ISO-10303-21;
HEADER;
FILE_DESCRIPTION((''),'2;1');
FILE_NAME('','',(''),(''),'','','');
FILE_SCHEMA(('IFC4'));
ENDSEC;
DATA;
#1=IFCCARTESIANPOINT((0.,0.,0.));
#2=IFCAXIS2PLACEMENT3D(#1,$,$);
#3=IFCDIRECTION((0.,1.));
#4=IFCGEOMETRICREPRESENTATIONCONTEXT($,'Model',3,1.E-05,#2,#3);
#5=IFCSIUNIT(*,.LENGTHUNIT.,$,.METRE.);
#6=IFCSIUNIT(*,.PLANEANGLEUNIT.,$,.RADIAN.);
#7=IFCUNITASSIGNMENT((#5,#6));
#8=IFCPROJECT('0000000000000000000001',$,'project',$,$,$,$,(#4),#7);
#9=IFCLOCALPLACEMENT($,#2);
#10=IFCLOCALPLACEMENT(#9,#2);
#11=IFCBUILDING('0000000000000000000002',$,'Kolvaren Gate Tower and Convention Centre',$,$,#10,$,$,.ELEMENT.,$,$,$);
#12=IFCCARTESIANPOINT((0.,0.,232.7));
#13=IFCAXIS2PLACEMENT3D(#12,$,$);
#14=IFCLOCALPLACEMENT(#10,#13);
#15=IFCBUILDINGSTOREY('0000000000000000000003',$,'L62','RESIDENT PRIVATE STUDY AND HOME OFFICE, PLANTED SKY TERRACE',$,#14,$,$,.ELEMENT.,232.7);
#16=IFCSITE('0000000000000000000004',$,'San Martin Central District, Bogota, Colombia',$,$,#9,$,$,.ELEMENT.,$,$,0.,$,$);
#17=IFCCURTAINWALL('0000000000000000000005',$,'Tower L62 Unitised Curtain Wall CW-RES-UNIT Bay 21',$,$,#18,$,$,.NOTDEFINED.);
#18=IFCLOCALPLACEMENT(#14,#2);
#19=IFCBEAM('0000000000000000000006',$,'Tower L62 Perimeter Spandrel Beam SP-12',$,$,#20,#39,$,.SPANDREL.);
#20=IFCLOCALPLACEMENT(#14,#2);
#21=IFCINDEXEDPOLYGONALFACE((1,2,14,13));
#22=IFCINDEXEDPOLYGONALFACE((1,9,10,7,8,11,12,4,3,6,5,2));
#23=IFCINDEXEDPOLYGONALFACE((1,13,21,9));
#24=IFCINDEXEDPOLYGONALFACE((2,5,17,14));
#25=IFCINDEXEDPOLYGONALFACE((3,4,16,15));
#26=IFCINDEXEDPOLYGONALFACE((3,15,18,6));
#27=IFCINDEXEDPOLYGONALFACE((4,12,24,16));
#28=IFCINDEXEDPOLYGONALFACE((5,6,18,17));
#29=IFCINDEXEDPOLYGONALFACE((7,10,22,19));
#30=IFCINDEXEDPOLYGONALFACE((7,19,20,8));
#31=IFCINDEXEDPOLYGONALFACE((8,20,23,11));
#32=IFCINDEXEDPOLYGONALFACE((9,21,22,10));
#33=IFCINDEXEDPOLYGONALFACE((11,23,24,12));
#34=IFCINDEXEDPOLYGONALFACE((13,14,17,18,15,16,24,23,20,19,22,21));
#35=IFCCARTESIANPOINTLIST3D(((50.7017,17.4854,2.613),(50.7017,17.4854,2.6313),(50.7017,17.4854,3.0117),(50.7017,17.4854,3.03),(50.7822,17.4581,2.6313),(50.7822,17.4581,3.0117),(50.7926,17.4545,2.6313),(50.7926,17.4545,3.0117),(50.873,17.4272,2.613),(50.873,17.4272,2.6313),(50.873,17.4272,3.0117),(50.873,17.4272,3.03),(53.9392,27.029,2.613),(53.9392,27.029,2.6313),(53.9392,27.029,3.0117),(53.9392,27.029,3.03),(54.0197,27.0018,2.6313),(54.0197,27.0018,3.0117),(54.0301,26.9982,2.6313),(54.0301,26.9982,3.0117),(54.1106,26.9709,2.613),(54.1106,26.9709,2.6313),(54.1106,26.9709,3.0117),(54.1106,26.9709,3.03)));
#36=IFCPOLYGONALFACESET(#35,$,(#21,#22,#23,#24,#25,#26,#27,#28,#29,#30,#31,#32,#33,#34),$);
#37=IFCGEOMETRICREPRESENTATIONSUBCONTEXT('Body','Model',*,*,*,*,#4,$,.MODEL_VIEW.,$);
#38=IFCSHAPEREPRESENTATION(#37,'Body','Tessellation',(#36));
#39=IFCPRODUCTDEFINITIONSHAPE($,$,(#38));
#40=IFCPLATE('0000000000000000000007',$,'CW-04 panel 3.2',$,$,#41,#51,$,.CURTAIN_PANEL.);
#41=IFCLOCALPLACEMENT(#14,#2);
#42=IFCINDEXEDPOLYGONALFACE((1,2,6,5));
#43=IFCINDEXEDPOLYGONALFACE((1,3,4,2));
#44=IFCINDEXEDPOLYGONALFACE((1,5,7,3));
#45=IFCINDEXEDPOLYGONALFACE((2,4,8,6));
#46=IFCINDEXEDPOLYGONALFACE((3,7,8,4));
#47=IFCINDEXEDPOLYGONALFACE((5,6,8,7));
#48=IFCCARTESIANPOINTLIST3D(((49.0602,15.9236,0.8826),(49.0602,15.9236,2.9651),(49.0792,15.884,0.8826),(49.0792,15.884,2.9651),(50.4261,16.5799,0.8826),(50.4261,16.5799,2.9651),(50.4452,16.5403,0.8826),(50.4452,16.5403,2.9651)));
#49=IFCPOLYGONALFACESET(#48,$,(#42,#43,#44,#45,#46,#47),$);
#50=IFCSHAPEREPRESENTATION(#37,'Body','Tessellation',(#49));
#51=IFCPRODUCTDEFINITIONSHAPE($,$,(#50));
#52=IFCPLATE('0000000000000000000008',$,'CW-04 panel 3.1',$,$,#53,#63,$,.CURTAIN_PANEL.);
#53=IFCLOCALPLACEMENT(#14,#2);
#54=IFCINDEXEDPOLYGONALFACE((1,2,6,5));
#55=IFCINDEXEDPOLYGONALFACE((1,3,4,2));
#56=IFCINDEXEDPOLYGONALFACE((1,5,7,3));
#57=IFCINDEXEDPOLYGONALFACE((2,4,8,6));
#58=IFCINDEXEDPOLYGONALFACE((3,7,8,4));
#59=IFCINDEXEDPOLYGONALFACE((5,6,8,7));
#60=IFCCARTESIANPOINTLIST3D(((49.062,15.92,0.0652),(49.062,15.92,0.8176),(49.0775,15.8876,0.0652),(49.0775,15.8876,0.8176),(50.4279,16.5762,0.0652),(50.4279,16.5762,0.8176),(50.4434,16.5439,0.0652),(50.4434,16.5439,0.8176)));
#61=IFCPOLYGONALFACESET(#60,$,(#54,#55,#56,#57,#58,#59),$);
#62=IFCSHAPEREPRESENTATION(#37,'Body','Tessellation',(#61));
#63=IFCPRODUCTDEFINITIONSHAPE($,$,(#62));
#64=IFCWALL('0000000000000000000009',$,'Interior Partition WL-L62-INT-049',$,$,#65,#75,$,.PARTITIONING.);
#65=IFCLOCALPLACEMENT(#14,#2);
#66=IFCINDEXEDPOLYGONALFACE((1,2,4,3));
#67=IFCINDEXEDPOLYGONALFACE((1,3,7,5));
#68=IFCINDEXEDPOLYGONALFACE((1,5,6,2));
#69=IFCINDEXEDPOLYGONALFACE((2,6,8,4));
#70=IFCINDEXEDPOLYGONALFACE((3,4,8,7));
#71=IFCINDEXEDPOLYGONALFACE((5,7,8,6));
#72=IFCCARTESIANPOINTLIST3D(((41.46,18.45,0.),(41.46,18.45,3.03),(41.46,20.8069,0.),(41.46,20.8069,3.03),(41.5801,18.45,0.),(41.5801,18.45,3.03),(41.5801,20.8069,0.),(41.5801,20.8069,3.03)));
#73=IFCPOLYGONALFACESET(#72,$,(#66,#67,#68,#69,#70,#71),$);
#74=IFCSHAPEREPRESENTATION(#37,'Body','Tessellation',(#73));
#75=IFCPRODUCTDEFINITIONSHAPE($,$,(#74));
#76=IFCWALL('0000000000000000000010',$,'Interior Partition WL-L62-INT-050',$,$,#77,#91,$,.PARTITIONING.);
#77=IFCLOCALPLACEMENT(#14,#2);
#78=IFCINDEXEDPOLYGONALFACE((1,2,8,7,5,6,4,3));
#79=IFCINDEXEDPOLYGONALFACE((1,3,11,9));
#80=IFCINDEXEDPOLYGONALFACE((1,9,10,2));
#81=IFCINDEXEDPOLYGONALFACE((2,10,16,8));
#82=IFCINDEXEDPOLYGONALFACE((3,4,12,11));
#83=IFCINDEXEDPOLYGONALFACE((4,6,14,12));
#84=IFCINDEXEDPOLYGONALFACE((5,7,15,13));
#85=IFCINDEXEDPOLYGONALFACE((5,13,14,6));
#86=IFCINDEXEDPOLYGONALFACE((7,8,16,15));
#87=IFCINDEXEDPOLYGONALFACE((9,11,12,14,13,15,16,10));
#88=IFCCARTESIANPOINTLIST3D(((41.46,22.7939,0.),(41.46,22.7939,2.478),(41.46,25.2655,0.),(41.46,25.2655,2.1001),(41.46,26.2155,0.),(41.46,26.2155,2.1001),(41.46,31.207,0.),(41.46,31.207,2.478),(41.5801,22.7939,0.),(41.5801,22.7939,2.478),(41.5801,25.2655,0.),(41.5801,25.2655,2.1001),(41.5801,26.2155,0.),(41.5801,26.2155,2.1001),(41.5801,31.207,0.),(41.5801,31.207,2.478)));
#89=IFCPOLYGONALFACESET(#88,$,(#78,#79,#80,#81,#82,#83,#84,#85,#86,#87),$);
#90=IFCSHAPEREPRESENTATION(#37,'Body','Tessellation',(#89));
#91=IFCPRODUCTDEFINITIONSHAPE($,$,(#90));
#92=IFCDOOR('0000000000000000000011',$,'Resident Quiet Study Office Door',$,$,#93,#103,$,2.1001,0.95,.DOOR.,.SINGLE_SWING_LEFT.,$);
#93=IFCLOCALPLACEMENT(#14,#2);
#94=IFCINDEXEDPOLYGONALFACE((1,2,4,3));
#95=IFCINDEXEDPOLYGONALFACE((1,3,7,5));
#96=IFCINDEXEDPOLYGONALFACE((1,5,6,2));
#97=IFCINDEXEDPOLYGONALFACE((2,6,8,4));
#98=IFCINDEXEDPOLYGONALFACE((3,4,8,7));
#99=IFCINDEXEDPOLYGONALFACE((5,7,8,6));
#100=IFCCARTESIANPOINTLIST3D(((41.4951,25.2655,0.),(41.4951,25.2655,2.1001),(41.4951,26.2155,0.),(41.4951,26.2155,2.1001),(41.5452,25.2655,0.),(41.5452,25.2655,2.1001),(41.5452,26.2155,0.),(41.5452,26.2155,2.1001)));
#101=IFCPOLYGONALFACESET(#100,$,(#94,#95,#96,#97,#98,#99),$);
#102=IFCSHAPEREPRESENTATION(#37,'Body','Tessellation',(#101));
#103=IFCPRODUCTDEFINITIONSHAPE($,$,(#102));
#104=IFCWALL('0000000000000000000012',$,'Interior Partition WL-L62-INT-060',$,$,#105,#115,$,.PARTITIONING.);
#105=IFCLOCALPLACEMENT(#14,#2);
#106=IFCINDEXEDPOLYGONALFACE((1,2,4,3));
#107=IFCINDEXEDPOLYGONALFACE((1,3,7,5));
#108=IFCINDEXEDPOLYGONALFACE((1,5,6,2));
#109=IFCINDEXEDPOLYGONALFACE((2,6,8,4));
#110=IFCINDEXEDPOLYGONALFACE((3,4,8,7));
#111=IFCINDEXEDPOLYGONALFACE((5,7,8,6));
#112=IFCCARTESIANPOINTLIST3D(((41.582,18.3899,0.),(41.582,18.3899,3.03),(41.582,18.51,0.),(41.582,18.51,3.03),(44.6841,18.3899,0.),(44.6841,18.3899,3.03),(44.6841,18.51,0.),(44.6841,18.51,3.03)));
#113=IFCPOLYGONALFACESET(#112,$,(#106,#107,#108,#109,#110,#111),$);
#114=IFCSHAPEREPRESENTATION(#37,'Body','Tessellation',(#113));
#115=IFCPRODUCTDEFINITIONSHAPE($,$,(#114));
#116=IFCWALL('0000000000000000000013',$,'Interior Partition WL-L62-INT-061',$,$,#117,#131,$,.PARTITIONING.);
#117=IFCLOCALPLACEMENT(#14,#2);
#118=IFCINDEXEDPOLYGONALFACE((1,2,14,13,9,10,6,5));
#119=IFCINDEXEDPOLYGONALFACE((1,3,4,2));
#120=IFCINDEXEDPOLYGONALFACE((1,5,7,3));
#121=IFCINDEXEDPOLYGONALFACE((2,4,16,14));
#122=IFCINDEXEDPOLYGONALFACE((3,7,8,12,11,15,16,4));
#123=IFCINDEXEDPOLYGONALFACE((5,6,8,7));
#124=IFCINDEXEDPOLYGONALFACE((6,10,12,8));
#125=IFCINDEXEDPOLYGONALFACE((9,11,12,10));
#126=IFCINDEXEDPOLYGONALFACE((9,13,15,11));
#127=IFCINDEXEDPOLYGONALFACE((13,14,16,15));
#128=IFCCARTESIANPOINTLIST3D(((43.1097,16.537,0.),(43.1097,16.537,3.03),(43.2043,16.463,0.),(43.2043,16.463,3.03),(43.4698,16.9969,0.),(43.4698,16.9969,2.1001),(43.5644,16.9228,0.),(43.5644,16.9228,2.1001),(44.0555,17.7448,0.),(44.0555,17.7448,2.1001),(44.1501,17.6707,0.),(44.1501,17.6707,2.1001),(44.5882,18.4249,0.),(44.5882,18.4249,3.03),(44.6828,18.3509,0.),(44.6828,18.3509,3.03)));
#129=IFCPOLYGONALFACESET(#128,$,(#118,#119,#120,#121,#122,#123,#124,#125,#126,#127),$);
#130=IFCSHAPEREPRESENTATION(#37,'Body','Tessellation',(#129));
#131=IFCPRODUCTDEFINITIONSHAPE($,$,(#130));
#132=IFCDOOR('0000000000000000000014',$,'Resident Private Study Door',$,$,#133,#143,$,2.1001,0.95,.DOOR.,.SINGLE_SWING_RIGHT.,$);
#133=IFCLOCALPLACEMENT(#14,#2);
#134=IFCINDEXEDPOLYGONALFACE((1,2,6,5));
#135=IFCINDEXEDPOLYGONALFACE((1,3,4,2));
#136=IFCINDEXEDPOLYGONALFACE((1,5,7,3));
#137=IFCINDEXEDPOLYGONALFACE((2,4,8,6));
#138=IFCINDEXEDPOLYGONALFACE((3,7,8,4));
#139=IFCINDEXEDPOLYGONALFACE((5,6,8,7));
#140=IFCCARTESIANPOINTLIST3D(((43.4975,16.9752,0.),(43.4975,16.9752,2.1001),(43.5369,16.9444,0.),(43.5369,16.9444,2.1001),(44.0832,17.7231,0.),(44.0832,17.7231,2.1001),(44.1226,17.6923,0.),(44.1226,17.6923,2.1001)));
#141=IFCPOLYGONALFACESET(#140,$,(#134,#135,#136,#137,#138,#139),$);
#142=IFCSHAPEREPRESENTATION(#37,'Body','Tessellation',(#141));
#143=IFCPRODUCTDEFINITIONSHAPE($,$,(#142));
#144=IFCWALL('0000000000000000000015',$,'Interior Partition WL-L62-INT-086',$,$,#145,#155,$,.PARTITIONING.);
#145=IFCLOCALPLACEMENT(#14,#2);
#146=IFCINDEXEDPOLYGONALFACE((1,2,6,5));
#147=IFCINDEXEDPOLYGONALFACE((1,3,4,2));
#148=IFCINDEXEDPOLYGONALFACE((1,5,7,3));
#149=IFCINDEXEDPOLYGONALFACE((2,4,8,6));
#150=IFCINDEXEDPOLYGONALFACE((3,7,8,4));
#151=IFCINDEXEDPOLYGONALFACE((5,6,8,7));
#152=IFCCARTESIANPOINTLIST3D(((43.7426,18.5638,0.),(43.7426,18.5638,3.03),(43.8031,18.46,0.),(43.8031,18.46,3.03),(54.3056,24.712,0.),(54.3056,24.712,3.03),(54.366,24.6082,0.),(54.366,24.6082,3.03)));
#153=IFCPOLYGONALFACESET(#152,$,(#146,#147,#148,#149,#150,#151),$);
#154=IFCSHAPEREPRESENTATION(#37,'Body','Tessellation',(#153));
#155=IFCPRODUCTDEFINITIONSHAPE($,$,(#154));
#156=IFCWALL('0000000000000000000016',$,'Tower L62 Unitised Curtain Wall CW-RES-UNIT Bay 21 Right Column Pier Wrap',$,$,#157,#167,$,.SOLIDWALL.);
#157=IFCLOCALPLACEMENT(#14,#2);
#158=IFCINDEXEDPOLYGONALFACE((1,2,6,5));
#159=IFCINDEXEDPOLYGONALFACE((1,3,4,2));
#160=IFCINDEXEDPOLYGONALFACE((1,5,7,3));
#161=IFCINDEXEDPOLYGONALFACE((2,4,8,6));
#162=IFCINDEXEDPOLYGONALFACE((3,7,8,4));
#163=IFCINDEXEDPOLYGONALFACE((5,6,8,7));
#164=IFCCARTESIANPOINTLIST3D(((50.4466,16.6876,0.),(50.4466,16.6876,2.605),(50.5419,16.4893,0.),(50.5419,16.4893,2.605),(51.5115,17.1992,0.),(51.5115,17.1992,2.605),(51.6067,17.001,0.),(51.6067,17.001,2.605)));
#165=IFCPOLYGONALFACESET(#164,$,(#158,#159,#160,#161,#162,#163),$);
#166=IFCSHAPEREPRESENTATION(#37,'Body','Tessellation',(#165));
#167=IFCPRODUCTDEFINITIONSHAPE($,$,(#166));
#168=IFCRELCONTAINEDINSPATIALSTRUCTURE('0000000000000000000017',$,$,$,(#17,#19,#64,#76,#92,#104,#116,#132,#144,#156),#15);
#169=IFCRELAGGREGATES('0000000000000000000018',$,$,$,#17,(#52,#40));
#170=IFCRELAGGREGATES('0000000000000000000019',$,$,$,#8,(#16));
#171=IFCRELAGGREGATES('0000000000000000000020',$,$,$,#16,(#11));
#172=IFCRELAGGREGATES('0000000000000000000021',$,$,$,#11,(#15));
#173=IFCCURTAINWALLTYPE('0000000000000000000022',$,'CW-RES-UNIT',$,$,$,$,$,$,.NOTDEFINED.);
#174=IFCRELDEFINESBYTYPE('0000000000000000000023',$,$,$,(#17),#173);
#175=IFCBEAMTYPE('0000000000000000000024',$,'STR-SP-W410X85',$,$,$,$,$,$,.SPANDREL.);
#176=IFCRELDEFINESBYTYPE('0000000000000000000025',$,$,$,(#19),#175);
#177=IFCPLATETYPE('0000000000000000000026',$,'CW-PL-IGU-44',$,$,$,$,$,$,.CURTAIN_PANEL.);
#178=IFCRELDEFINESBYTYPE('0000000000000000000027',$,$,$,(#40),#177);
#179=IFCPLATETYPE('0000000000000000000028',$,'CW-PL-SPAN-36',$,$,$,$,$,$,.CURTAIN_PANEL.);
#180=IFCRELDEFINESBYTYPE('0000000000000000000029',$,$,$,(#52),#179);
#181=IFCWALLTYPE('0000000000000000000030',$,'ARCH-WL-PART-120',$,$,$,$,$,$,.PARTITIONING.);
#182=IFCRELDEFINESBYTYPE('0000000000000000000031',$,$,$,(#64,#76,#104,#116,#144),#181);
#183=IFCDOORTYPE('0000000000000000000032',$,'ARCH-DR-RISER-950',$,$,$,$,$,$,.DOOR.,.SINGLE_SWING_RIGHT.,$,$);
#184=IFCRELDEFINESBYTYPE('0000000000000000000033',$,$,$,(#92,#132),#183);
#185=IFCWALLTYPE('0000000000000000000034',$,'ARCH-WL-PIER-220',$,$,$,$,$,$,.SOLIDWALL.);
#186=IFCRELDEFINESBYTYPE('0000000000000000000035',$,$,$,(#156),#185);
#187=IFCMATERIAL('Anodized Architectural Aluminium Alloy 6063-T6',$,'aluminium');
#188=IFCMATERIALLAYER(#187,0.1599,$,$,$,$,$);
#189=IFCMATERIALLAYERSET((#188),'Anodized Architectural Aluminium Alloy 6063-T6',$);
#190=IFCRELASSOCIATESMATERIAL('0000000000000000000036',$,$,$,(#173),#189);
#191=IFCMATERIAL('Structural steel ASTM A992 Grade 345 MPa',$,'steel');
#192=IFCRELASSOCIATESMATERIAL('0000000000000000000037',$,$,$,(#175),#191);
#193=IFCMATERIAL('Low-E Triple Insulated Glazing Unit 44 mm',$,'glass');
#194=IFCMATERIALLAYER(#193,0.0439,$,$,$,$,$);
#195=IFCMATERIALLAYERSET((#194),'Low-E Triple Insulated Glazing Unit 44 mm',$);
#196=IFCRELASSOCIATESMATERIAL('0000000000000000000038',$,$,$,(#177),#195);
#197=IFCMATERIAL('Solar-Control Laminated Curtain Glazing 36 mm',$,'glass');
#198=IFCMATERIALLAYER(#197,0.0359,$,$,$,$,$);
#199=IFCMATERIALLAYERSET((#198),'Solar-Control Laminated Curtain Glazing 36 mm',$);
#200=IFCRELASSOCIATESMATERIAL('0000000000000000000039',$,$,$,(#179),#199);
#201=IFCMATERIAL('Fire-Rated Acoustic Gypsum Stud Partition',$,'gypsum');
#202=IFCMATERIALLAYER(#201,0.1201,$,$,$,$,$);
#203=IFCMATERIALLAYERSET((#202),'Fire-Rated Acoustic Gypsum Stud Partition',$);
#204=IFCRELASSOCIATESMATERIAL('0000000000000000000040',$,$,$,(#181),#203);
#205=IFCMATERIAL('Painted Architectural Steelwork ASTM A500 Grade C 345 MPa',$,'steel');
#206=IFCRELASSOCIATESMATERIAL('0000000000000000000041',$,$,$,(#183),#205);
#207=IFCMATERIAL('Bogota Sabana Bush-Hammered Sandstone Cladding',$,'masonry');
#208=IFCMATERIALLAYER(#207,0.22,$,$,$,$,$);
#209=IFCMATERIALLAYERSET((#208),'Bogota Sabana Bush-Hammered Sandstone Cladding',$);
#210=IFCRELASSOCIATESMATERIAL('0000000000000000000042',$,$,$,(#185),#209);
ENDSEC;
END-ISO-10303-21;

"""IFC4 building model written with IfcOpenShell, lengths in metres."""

from ifc_helpers import new_model, si_unit, direction, frame, frame_2d, origin, origin_2d, place, context, subcontext, project, spatial, rectangle, i_section, extrude, material, layer, layer_set, material_profile, profile_set, type_object, element, fill, aggregate, save


model = new_model("IFC4")

# Units and contexts
model_context = context("Model", 3, precision=1e-05, world=origin(), true_north=direction((0.0, 1.0)))
body_context = subcontext(model_context, "Body", "Model", "MODEL_VIEW")
ifc_project = project(units=[si_unit("LENGTHUNIT", "METRE"), si_unit("PLANEANGLEUNIT", "RADIAN")], contexts=[model_context])

# Site, building, storey
site_placement = place(None, origin())
site = spatial("IfcSite", under=ifc_project, at=site_placement, Name="San Martin Central District, Bogota, Colombia", CompositionType="ELEMENT", RefElevation=0.0)
building_placement = place(site_placement, origin())
building = spatial("IfcBuilding", under=site, at=building_placement, Name="Kolvaren Gate Tower and Convention Centre", CompositionType="ELEMENT")
storey_placement = place(building_placement, frame((0.0, 0.0, 232.7)))
storey = spatial("IfcBuildingStorey", under=building, at=storey_placement, Name="L62", Description="RESIDENT PRIVATE STUDY AND HOME OFFICE, PLANTED SKY TERRACE", CompositionType="ELEMENT", Elevation=232.7)

# Curtain wall
ifc_material_1 = material(Name="Anodized Architectural Aluminium Alloy 6063-T6", Category="aluminium")
ifc_layer_1 = layer(ifc_material_1, 0.1599)
ifc_layer_set_1 = layer_set([ifc_layer_1], Name="Anodized Architectural Aluminium Alloy 6063-T6")
curtain_wall_type = type_object("IfcCurtainWallType", Name="CW-RES-UNIT", PredefinedType="NOTDEFINED", material=ifc_layer_set_1)
curtain_wall_placement = place(storey_placement, origin())
curtain_wall = element("IfcCurtainWall", 1, at=curtain_wall_placement, inside=storey, type_object=curtain_wall_type, Name="Tower L62 Unitised Curtain Wall CW-RES-UNIT Bay 21", PredefinedType="NOTDEFINED")

# Beam
ifc_material_2 = material(Name="Structural steel ASTM A992 Grade 345 MPa", Category="steel")
ifc_material_profile_1 = material_profile(ifc_material_2, i_section(OverallWidth=0.1809, OverallDepth=0.417, WebThickness=0.011, FlangeThickness=0.0183, at=origin_2d()), Name="W410X85")
ifc_profile_set_1 = profile_set([ifc_material_profile_1], Name="Structural steel ASTM A992 Grade 345 MPa")
beam_type_1 = type_object("IfcBeamType", Name="STR-SP-W410X85", PredefinedType="SPANDREL", material=ifc_profile_set_1)
beam_1_placement = place(storey_placement, frame((50.7874, 17.4563, 2.8215), z_axis=(0.321253, 0.946994, 0.0), x_axis=(-0.946994, 0.321253, 0.0)))
element("IfcBeam", 2, at=beam_1_placement, inside=storey, type_object=beam_type_1, Name="Tower L62 Perimeter Spandrel Beam SP-12", PredefinedType="SPANDREL", context=body_context, shape_type="SweptSolid", body=[
    extrude(i_section(OverallWidth=0.1809, OverallDepth=0.417, WebThickness=0.011, FlangeThickness=0.0183, at=origin_2d()), origin(), (0.0, 0.0, 1.0), 10.0779),
])

# Plates
ifc_material_3 = material(Name="Low-E Triple Insulated Glazing Unit 44 mm", Category="glass")
ifc_layer_2 = layer(ifc_material_3, 0.0439)
ifc_layer_set_2 = layer_set([ifc_layer_2], Name="Low-E Triple Insulated Glazing Unit 44 mm")
plate_type_1 = type_object("IfcPlateType", Name="CW-PL-IGU-44", PredefinedType="CURTAIN_PANEL", material=ifc_layer_set_2)
plate_1_placement = place(storey_placement, frame((49.7527, 16.2319, 0.8826), z_axis=(0.0, 0.0, 1.0), x_axis=(0.901363, 0.433064, 0.0)))
plate_1 = element("IfcPlate", 3, at=plate_1_placement, type_object=plate_type_1, Name="CW-04 panel 3.2", PredefinedType="CURTAIN_PANEL", context=body_context, shape_type="SweptSolid", body=[
    extrude(rectangle(XDim=1.5154, YDim=0.0439, at=origin_2d()), origin(), (0.0, 0.0, 1.0), 2.0825),
])
ifc_material_4 = material(Name="Solar-Control Laminated Curtain Glazing 36 mm", Category="glass")
ifc_layer_3 = layer(ifc_material_4, 0.0359)
ifc_layer_set_3 = layer_set([ifc_layer_3], Name="Solar-Control Laminated Curtain Glazing 36 mm")
plate_type_2 = type_object("IfcPlateType", Name="CW-PL-SPAN-36", PredefinedType="CURTAIN_PANEL", material=ifc_layer_set_3)
plate_2_placement = place(storey_placement, frame((49.7527, 16.2319, 0.0652), z_axis=(0.0, 0.0, 1.0), x_axis=(0.901363, 0.433064, 0.0)))
plate_2 = element("IfcPlate", 4, at=plate_2_placement, type_object=plate_type_2, Name="CW-04 panel 3.1", PredefinedType="CURTAIN_PANEL", context=body_context, shape_type="SweptSolid", body=[
    extrude(rectangle(XDim=1.5154, YDim=0.0359, at=origin_2d()), origin(), (0.0, 0.0, 1.0), 0.7524),
])
aggregate(curtain_wall, [plate_2, plate_1])

# Wall
ifc_material_5 = material(Name="Fire-Rated Acoustic Gypsum Stud Partition", Category="gypsum")
ifc_layer_4 = layer(ifc_material_5, 0.1201)
ifc_layer_set_4 = layer_set([ifc_layer_4], Name="Fire-Rated Acoustic Gypsum Stud Partition")
wall_type_1 = type_object("IfcWallType", Name="ARCH-WL-PART-120", PredefinedType="PARTITIONING", material=ifc_layer_set_4)
wall_1_placement = place(storey_placement, frame((41.52, 18.45, 0.0), z_axis=(0.0, 0.0, 1.0), x_axis=(0.0, 1.0, 0.0)))
element("IfcWall", 5, at=wall_1_placement, inside=storey, type_object=wall_type_1, Name="Interior Partition WL-L62-INT-049", PredefinedType="PARTITIONING", context=body_context, shape_type="SweptSolid", body=[
    extrude(rectangle(XDim=2.3569, YDim=0.1201, at=frame_2d((1.1785, 0.0))), origin(), (0.0, 0.0, 1.0), 3.03),
])

# Wall, opening, door
wall_2_placement = place(storey_placement, frame((41.52, 22.7939, 0.0), z_axis=(0.0, 0.0, 1.0), x_axis=(0.0, 1.0, 0.0)))
wall_2 = element("IfcWall", 6, at=wall_2_placement, inside=storey, type_object=wall_type_1, Name="Interior Partition WL-L62-INT-050", PredefinedType="PARTITIONING", context=body_context, shape_type="SweptSolid", body=[
    extrude(rectangle(XDim=8.4131, YDim=0.1201, at=frame_2d((4.2065, 0.0))), origin(), (0.0, 0.0, 1.0), 2.478),
])
opening_1_placement = place(wall_2_placement, frame((2.4714, 0.0, 0.0)))
opening_1 = element("IfcOpeningElement", 7, at=opening_1_placement, cuts=wall_2, PredefinedType="OPENING", context=body_context, shape_type="SweptSolid", body=[
    extrude(rectangle(XDim=0.95, YDim=2.1001, at=frame_2d((0.4751, 1.05))), frame((0.0, 0.0701, 0.0), z_axis=(0.0, -1.0, 0.0), x_axis=(1.0, 0.0, 0.0)), (0.0, 0.0, 1.0), 0.1401),
])
ifc_material_6 = material(Name="Painted Architectural Steelwork ASTM A500 Grade C 345 MPa", Category="steel")
door_type = type_object("IfcDoorType", Name="ARCH-DR-RISER-950", OperationType="SINGLE_SWING_RIGHT", PredefinedType="DOOR", material=ifc_material_6)
door_1_placement = place(opening_1_placement, origin())
door_1 = element("IfcDoor", 8, at=door_1_placement, inside=storey, type_object=door_type, Name="Resident Quiet Study Office Door", OperationType="SINGLE_SWING_LEFT", OverallHeight=2.1001, OverallWidth=0.95, PredefinedType="DOOR", context=body_context, shape_type="SweptSolid", body=[
    extrude(rectangle(XDim=0.95, YDim=2.1001, at=frame_2d((0.4751, 1.05))), frame((0.0, 0.0249, 0.0), z_axis=(0.0, -1.0, 0.0), x_axis=(1.0, 0.0, 0.0)), (0.0, 0.0, 1.0), 0.05),
])
fill(opening_1, door_1)

# Wall
wall_3_placement = place(storey_placement, frame((41.582, 18.45, 0.0), z_axis=(0.0, 0.0, 1.0), x_axis=(1.0, 0.0, 0.0)))
element("IfcWall", 9, at=wall_3_placement, inside=storey, type_object=wall_type_1, Name="Interior Partition WL-L62-INT-060", PredefinedType="PARTITIONING", context=body_context, shape_type="SweptSolid", body=[
    extrude(rectangle(XDim=3.1021, YDim=0.1201, at=frame_2d((1.551, 0.0))), origin(), (0.0, 0.0, 1.0), 3.03),
])

# Wall, opening, door
wall_4_placement = place(storey_placement, frame((43.157, 16.5, 0.0), z_axis=(0.0, 0.0, 1.0), x_axis=(0.616566, 0.787303, 0.0)))
wall_4 = element("IfcWall", 10, at=wall_4_placement, inside=storey, type_object=wall_type_1, Name="Interior Partition WL-L62-INT-061", PredefinedType="PARTITIONING", context=body_context, shape_type="SweptSolid", body=[
    extrude(rectangle(XDim=2.3979, YDim=0.1201, at=frame_2d((1.199, 0.0))), origin(), (0.0, 0.0, 1.0), 3.03),
])
opening_2_placement = place(wall_4_placement, frame((0.584, 0.0, 0.0)))
opening_2 = element("IfcOpeningElement", 11, at=opening_2_placement, cuts=wall_4, PredefinedType="OPENING", context=body_context, shape_type="SweptSolid", body=[
    extrude(rectangle(XDim=0.95, YDim=2.1001, at=frame_2d((0.4751, 1.05))), frame((0.0, 0.0701, 0.0), z_axis=(0.0, -1.0, 0.0), x_axis=(1.0, 0.0, 0.0)), (0.0, 0.0, 1.0), 0.1401),
])
door_2_placement = place(opening_2_placement, origin())
door_2 = element("IfcDoor", 12, at=door_2_placement, inside=storey, type_object=door_type, Name="Resident Private Study Door", OperationType="SINGLE_SWING_RIGHT", OverallHeight=2.1001, OverallWidth=0.95, PredefinedType="DOOR", context=body_context, shape_type="SweptSolid", body=[
    extrude(rectangle(XDim=0.95, YDim=2.1001, at=frame_2d((0.4751, 1.05))), frame((0.0, 0.0249, 0.0), z_axis=(0.0, -1.0, 0.0), x_axis=(1.0, 0.0, 0.0)), (0.0, 0.0, 1.0), 0.05),
])
fill(opening_2, door_2)

# Walls
wall_5_placement = place(storey_placement, frame((43.7729, 18.512, 0.0), z_axis=(0.0, 0.0, 1.0), x_axis=(0.864261, 0.503044, 0.0)))
element("IfcWall", 13, at=wall_5_placement, inside=storey, type_object=wall_type_1, Name="Interior Partition WL-L62-INT-086", PredefinedType="PARTITIONING", context=body_context, shape_type="SweptSolid", body=[
    extrude(rectangle(XDim=12.2219, YDim=0.1201, at=frame_2d((6.1108, 0.0))), origin(), (0.0, 0.0, 1.0), 3.03),
])
ifc_material_7 = material(Name="Bogota Sabana Bush-Hammered Sandstone Cladding", Category="masonry")
ifc_layer_5 = layer(ifc_material_7, 0.22)
ifc_layer_set_5 = layer_set([ifc_layer_5], Name="Bogota Sabana Bush-Hammered Sandstone Cladding")
wall_type_2 = type_object("IfcWallType", Name="ARCH-WL-PIER-220", PredefinedType="SOLIDWALL", material=ifc_layer_set_5)
wall_6_placement = place(storey_placement, frame((50.4941, 16.5884, 0.0), z_axis=(0.0, 0.0, 1.0), x_axis=(0.901342, 0.433107, 0.0)))
element("IfcWall", 14, at=wall_6_placement, inside=storey, type_object=wall_type_2, Name="Tower L62 Unitised Curtain Wall CW-RES-UNIT Bay 21 Right Column Pier Wrap", PredefinedType="SOLIDWALL", context=body_context, shape_type="SweptSolid", body=[
    extrude(rectangle(XDim=1.1814, YDim=0.22, at=frame_2d((0.5908, 0.0))), origin(), (0.0, 0.0, 1.0), 2.605),
])

save(model, "model.ifc")
